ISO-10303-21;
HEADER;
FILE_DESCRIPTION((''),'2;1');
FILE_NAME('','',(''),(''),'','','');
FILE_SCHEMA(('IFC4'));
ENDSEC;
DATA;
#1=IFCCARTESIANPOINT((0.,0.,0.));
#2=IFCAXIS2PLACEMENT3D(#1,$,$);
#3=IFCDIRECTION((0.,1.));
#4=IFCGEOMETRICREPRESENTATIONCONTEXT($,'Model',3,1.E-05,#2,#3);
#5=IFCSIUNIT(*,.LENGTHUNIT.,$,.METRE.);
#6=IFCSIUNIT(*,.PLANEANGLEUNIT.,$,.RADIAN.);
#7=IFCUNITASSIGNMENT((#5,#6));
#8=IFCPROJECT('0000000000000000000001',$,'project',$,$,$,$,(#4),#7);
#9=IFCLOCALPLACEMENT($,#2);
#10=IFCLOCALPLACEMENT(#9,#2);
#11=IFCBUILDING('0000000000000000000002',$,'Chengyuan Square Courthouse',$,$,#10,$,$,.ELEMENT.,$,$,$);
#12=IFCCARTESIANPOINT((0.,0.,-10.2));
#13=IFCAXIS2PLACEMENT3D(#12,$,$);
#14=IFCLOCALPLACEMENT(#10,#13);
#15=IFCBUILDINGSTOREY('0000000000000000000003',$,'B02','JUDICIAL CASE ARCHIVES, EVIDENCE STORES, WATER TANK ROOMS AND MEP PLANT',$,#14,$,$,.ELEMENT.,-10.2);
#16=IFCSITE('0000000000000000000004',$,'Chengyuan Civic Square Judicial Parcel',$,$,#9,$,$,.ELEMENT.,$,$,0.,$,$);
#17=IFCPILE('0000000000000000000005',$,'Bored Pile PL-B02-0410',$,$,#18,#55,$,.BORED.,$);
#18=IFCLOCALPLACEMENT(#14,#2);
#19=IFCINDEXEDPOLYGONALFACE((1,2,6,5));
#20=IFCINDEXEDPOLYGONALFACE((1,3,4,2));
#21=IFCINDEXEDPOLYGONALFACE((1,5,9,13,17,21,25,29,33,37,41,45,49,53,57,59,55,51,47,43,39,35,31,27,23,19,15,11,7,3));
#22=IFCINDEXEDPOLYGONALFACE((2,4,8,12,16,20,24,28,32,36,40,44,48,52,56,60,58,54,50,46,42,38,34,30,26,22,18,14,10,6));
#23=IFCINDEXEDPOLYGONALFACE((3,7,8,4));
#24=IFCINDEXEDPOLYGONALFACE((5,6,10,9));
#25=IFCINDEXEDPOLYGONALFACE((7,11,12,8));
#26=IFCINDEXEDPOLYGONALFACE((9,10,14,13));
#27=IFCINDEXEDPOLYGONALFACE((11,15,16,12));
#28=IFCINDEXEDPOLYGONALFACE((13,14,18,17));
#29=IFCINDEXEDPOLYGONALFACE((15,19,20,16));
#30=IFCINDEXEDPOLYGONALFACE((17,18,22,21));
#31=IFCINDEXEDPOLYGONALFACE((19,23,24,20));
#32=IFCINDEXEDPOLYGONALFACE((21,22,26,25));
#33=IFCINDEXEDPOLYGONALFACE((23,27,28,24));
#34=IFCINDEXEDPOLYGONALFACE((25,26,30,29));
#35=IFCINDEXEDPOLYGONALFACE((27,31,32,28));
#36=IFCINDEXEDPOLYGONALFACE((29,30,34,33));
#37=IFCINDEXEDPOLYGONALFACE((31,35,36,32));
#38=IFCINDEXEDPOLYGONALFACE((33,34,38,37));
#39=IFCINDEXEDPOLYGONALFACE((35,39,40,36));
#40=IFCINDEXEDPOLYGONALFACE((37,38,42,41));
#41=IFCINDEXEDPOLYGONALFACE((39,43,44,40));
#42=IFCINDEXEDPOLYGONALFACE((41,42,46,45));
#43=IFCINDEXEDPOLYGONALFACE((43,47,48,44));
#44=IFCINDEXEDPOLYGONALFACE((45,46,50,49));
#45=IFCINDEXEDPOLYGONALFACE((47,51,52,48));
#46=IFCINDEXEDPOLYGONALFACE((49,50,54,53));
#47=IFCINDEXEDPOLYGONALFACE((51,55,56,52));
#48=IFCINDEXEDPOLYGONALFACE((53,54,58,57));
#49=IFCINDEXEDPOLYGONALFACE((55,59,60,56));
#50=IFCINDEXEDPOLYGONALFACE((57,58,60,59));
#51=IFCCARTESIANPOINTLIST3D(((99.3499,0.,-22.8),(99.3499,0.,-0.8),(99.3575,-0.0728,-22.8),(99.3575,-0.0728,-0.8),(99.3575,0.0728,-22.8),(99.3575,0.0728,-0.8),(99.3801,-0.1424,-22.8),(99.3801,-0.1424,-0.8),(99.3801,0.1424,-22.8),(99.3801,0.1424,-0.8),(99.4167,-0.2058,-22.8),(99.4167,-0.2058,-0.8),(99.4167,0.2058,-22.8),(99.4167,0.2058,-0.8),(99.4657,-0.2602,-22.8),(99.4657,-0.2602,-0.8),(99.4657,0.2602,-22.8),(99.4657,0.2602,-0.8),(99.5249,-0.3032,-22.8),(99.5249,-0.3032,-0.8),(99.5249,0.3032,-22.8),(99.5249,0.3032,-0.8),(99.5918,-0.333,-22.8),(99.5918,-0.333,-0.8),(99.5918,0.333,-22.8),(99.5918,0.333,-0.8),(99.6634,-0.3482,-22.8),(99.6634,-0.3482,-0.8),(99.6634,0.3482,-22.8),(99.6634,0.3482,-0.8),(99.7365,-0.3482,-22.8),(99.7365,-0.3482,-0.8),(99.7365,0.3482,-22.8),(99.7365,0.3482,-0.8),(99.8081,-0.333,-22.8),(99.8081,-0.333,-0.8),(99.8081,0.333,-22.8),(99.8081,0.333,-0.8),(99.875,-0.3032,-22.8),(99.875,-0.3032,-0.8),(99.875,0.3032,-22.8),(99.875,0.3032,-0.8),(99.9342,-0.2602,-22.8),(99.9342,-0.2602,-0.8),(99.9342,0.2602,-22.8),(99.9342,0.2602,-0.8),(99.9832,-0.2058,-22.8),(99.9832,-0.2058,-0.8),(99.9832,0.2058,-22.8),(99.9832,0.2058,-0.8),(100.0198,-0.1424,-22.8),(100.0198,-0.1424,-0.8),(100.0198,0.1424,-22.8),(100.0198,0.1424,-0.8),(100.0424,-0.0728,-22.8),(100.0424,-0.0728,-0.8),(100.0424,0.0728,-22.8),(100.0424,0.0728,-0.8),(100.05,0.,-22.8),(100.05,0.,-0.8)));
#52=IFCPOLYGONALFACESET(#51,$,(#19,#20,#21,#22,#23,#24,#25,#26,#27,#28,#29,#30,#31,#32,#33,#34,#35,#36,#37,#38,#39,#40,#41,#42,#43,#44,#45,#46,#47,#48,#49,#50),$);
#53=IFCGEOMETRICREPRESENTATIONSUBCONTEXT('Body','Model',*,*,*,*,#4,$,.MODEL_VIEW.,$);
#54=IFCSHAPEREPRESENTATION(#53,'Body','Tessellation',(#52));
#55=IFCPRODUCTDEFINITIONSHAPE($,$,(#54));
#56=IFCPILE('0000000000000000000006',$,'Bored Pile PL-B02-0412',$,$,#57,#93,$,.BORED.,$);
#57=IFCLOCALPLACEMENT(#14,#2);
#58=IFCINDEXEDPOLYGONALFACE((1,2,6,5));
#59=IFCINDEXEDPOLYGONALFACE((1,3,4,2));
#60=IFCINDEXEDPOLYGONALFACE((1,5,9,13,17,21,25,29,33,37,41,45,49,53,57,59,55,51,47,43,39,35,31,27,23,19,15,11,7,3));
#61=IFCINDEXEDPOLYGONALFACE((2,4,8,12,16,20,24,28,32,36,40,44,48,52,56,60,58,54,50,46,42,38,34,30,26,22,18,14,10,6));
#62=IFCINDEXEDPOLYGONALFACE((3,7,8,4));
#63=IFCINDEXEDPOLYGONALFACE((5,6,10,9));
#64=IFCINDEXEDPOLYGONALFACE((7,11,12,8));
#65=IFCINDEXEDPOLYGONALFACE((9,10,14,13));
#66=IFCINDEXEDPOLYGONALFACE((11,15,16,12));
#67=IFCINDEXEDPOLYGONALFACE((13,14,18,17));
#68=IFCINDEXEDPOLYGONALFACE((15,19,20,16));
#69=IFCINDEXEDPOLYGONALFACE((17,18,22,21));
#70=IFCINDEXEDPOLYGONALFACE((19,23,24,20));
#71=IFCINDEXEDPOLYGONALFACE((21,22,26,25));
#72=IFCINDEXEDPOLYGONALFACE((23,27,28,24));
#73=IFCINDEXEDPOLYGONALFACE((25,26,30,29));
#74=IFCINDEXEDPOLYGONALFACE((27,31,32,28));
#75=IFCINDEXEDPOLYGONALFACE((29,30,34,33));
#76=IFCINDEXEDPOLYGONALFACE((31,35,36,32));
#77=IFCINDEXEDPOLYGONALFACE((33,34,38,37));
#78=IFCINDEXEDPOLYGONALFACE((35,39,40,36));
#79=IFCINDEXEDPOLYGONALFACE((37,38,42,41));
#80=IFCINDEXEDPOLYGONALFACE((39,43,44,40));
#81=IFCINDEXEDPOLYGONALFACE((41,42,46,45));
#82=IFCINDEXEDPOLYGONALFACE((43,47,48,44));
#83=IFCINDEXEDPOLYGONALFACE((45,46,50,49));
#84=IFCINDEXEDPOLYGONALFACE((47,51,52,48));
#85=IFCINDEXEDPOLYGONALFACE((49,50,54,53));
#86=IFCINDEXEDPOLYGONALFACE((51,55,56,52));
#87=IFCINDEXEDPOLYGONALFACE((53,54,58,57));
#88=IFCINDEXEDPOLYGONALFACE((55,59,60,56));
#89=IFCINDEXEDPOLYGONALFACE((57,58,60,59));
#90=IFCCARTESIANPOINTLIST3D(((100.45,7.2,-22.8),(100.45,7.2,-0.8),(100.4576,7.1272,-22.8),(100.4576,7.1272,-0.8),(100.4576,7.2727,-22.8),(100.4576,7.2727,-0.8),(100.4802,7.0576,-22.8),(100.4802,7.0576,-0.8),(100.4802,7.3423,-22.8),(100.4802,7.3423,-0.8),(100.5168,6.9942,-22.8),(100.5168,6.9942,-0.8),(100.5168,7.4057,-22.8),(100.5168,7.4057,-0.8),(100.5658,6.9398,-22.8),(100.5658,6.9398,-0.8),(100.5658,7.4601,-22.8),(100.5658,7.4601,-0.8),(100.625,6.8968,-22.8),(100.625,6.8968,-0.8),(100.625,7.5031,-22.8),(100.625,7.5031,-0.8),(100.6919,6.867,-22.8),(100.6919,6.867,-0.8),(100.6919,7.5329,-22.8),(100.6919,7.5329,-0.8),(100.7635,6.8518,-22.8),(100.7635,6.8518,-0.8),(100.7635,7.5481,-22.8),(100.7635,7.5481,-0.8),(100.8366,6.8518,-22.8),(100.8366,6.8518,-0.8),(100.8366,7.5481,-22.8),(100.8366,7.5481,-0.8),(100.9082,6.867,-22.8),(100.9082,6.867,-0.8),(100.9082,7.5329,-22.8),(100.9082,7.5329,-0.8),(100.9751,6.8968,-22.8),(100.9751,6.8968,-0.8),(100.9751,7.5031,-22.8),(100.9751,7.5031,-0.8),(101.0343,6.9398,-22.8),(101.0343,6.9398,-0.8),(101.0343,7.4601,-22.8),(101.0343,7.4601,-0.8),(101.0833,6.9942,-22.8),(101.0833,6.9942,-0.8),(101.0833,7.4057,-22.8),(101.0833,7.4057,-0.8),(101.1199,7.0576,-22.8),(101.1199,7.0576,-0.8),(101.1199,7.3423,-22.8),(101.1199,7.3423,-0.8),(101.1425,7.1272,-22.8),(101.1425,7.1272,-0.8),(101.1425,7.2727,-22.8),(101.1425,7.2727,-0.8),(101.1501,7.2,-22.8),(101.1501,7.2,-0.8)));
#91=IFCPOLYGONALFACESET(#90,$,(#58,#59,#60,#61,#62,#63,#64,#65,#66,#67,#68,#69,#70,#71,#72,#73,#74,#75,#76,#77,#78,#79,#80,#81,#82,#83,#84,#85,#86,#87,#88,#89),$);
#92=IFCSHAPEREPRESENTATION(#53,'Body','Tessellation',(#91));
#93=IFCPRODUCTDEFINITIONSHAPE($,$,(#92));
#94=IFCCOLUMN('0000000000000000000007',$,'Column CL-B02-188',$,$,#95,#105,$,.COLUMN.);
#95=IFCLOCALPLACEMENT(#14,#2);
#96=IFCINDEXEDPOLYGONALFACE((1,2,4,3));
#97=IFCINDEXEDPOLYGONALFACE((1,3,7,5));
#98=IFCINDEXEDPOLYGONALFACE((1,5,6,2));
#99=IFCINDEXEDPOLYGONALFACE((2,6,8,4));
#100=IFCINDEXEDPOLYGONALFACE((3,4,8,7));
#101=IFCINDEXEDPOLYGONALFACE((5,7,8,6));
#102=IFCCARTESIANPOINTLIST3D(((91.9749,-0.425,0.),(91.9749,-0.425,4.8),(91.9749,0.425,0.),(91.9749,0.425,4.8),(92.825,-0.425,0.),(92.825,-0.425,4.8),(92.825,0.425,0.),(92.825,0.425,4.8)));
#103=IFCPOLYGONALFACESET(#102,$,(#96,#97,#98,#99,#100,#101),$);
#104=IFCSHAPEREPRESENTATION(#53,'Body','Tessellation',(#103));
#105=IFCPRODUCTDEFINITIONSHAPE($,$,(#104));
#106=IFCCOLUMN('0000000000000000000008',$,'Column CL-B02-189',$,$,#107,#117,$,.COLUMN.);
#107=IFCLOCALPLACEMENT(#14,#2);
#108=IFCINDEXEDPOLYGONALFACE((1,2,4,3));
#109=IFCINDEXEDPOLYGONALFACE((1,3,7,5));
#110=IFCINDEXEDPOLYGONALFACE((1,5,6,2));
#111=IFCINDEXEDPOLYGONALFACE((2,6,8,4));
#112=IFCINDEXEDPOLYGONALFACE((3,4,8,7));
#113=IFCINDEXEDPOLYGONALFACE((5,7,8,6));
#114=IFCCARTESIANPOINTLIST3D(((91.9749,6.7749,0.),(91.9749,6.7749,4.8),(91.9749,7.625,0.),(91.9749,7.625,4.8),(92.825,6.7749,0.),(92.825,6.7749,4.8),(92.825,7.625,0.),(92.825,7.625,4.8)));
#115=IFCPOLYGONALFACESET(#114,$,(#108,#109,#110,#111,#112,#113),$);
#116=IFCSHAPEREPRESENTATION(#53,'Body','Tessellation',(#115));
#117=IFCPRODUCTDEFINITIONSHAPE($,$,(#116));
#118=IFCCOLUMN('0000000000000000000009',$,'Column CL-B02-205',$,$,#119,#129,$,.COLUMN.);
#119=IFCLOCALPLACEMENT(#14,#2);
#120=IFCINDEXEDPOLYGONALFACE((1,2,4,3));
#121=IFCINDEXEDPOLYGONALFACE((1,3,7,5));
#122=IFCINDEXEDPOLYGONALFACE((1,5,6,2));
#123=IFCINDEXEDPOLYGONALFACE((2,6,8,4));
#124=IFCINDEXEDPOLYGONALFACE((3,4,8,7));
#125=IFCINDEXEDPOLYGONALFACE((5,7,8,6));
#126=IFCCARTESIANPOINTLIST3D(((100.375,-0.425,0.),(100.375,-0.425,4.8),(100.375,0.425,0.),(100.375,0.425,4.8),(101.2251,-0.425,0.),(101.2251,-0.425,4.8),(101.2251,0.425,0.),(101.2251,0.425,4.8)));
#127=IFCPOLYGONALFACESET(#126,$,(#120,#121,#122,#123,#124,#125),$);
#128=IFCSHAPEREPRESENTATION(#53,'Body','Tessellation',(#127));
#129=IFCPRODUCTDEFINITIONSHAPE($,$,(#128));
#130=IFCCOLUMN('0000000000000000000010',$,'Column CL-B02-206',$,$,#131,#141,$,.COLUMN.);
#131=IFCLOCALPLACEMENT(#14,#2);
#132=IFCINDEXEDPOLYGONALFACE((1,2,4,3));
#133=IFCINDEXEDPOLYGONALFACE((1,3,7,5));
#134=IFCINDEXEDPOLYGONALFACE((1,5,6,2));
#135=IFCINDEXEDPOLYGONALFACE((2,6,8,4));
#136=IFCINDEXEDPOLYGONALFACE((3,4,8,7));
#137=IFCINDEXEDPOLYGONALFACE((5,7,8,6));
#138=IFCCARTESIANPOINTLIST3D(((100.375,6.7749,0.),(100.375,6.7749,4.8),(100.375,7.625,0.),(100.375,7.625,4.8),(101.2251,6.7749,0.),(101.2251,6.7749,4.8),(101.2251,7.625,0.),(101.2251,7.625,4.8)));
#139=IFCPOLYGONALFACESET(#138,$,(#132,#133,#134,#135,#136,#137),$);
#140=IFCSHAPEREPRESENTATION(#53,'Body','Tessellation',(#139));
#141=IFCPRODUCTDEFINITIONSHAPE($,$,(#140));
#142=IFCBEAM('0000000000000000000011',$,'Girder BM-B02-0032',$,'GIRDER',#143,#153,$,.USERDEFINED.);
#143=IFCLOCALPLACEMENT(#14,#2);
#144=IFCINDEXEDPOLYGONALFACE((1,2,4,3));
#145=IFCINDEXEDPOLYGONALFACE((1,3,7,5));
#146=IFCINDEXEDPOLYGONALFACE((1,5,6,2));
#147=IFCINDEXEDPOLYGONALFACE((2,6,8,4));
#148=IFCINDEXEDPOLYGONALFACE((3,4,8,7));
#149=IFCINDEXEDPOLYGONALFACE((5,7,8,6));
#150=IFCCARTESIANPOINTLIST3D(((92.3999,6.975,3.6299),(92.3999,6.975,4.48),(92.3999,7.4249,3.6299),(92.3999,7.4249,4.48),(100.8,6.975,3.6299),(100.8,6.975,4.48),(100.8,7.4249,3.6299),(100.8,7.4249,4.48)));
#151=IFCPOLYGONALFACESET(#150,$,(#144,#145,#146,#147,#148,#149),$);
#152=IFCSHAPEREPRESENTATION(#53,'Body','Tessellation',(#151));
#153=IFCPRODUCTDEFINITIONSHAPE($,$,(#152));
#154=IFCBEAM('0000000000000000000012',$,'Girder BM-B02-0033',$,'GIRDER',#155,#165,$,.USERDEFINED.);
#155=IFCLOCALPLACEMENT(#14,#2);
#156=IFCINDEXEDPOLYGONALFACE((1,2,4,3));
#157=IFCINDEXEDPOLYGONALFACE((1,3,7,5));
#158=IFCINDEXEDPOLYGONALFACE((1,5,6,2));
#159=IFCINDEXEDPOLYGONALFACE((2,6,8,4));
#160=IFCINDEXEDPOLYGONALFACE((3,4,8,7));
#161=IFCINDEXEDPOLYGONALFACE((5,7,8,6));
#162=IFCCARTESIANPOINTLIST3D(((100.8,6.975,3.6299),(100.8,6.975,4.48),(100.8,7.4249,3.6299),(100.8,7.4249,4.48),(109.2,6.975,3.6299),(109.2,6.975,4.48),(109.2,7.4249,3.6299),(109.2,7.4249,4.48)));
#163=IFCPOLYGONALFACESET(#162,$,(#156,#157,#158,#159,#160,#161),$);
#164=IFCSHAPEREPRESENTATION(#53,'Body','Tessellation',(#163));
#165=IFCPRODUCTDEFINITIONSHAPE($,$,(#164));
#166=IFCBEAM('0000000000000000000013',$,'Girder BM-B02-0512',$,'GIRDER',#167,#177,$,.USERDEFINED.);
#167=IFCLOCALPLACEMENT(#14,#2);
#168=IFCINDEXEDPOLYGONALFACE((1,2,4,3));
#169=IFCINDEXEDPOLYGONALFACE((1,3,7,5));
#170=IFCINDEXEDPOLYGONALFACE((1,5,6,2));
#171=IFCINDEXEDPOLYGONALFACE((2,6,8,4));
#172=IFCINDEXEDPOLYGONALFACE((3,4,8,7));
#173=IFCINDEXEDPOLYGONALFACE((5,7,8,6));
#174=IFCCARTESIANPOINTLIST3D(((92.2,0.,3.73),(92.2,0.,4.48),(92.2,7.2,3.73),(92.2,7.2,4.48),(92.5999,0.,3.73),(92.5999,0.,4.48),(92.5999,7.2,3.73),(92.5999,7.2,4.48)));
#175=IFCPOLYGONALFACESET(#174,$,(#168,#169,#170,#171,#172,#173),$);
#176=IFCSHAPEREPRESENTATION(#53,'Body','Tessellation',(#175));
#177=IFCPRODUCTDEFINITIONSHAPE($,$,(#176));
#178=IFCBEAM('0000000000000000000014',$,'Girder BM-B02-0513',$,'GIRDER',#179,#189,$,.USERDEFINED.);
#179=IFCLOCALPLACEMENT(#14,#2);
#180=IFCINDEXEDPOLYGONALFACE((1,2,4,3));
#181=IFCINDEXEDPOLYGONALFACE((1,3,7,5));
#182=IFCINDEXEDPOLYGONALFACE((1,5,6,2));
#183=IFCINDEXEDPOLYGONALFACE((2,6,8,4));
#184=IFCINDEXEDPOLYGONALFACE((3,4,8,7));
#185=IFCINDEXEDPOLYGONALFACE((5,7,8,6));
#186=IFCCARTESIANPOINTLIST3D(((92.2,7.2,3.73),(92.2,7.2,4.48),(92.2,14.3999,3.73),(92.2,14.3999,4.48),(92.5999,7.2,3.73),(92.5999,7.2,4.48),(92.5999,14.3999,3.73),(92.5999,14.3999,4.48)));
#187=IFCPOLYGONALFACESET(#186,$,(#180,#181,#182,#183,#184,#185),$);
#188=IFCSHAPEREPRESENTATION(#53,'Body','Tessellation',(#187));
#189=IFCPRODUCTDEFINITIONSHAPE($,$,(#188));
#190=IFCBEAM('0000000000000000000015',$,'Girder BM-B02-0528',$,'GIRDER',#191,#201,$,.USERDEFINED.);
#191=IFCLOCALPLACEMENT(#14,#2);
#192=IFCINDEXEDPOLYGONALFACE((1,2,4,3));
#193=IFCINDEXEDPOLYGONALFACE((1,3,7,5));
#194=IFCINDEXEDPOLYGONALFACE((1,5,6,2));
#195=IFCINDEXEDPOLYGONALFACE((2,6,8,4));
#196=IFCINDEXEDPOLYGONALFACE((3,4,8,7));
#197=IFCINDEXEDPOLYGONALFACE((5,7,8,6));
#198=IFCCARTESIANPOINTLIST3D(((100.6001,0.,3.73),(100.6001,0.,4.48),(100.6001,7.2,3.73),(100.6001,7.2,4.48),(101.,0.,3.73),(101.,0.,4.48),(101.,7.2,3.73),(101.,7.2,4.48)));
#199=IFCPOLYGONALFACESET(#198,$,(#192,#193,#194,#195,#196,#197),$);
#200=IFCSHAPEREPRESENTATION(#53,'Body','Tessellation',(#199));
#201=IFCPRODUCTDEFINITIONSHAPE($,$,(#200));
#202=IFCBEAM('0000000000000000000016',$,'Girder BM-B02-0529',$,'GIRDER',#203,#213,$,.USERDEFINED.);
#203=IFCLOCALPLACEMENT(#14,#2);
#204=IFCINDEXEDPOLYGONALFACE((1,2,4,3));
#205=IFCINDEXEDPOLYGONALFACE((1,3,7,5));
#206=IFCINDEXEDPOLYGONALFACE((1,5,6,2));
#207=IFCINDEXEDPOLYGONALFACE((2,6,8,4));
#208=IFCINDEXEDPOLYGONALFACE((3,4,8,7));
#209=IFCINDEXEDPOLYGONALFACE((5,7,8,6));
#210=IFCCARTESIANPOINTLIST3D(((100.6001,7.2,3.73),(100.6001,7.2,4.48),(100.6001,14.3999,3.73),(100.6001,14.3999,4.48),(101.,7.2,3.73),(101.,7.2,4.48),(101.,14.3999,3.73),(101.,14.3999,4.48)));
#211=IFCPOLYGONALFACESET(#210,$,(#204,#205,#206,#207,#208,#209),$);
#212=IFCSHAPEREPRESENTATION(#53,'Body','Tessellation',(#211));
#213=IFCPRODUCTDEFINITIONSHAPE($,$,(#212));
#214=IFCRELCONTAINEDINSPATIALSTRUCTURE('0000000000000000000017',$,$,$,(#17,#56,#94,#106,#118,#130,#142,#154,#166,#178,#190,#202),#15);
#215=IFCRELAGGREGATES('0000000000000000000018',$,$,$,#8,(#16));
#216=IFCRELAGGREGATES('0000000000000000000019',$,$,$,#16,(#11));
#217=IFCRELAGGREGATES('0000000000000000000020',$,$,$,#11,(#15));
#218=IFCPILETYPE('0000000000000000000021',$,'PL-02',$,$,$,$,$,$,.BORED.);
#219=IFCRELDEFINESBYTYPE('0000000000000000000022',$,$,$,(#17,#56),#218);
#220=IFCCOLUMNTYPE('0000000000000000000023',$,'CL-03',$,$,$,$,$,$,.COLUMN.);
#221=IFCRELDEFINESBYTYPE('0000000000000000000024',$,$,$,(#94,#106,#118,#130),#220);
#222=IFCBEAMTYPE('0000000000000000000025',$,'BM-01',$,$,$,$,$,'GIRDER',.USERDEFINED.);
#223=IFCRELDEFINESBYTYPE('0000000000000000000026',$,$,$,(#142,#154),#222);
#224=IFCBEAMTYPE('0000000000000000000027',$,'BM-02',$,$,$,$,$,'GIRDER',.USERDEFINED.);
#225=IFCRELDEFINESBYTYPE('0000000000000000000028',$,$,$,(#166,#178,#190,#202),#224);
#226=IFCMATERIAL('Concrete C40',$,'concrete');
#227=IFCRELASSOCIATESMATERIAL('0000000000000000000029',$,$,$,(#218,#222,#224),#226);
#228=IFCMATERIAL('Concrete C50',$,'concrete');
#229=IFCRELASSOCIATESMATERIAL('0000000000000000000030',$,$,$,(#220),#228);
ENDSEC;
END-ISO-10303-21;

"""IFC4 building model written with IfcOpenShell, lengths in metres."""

from ifc_helpers import new_model, si_unit, direction, frame, origin, origin_2d, place, context, subcontext, project, spatial, rectangle, circle, extrude, material, material_profile, profile_set, type_object, element, save


model = new_model("IFC4")

# Units and contexts
model_context = context("Model", 3, precision=1e-05, world=origin(), true_north=direction((0.0, 1.0)))
body_context = subcontext(model_context, "Body", "Model", "MODEL_VIEW")
ifc_project = project(units=[si_unit("LENGTHUNIT", "METRE"), si_unit("PLANEANGLEUNIT", "RADIAN")], contexts=[model_context])

# Site, building, storey
site_placement = place(None, origin())
site = spatial("IfcSite", under=ifc_project, at=site_placement, Name="Chengyuan Civic Square Judicial Parcel", CompositionType="ELEMENT", RefElevation=0.0)
building_placement = place(site_placement, origin())
building = spatial("IfcBuilding", under=site, at=building_placement, Name="Chengyuan Square Courthouse", CompositionType="ELEMENT")
storey_placement = place(building_placement, frame((0.0, 0.0, -10.2)))
storey = spatial("IfcBuildingStorey", under=building, at=storey_placement, Name="B02", Description="JUDICIAL CASE ARCHIVES, EVIDENCE STORES, WATER TANK ROOMS AND MEP PLANT", CompositionType="ELEMENT", Elevation=-10.2)

# Shared definitions
ifc_material_1 = material(Name="Concrete C40", Category="concrete")

# Piles
ifc_material_profile_1 = material_profile(ifc_material_1, circle(Radius=0.3501, at=origin_2d()), Name="BORED PILE D700")
ifc_profile_set_1 = profile_set([ifc_material_profile_1], Name="Concrete C40")
pile_type = type_object("IfcPileType", Name="PL-02", PredefinedType="BORED", material=ifc_profile_set_1)
for number, where, z_axis, x_axis, name in (
    (1, (99.7, 0.0, -0.8), (0.0, 0.0, -1.0), (1.0, 0.0, 0.0), "Bored Pile PL-B02-0410"),
    (2, (100.8, 7.2, -0.8), (0.0, 0.0, -1.0), (1.0, 0.0, 0.0), "Bored Pile PL-B02-0412"),
):
    element("IfcPile", number, at=place(storey_placement, frame(where, z_axis=z_axis, x_axis=x_axis)), inside=storey, type_object=pile_type, Name=name, PredefinedType="BORED", context=body_context, shape_type="SweptSolid", body=[
        extrude(circle(Radius=0.3501, at=origin_2d()), origin(), (0.0, 0.0, 1.0), 22.0),
    ])

# Columns
ifc_material_2 = material(Name="Concrete C50", Category="concrete")
ifc_material_profile_2 = material_profile(ifc_material_2, rectangle(XDim=0.8501, YDim=0.8501, at=origin_2d()), Name="RC-COL-850x850")
ifc_profile_set_2 = profile_set([ifc_material_profile_2], Name="Concrete C50")
column_type = type_object("IfcColumnType", Name="CL-03", PredefinedType="COLUMN", material=ifc_profile_set_2)
for number, where, z_axis, x_axis, name in (
    (3, (92.3999, 0.0, 0.0), (0.0, 0.0, 1.0), (1.0, 0.0, 0.0), "Column CL-B02-188"),
    (4, (92.3999, 7.2, 0.0), (0.0, 0.0, 1.0), (1.0, 0.0, 0.0), "Column CL-B02-189"),
    (5, (100.8, 0.0, 0.0), (0.0, 0.0, 1.0), (1.0, 0.0, 0.0), "Column CL-B02-205"),
    (6, (100.8, 7.2, 0.0), (0.0, 0.0, 1.0), (1.0, 0.0, 0.0), "Column CL-B02-206"),
):
    element("IfcColumn", number, at=place(storey_placement, frame(where, z_axis=z_axis, x_axis=x_axis)), inside=storey, type_object=column_type, Name=name, PredefinedType="COLUMN", context=body_context, shape_type="SweptSolid", body=[
        extrude(rectangle(XDim=0.8501, YDim=0.8501, at=origin_2d()), origin(), (0.0, 0.0, 1.0), 4.8),
    ])

# Beams
ifc_material_profile_3 = material_profile(ifc_material_1, rectangle(XDim=0.45, YDim=0.8501, at=origin_2d()), Name="RC-BM-450x850")
ifc_profile_set_3 = profile_set([ifc_material_profile_3], Name="Concrete C40")
beam_type_1 = type_object("IfcBeamType", Name="BM-01", ElementType="GIRDER", PredefinedType="USERDEFINED", material=ifc_profile_set_3)
beam_1_placement = place(storey_placement, frame((92.3999, 7.2, 4.0549), z_axis=(1.0, 0.0, 0.0), x_axis=(0.0, 1.0, 0.0)))
element("IfcBeam", 7, at=beam_1_placement, inside=storey, type_object=beam_type_1, Name="Girder BM-B02-0032", ObjectType="GIRDER", PredefinedType="USERDEFINED", context=body_context, shape_type="SweptSolid", body=[
    extrude(rectangle(XDim=0.45, YDim=0.8501, at=origin_2d()), origin(), (0.0, 0.0, 1.0), 8.4001),
])
beam_2_placement = place(storey_placement, frame((100.8, 7.2, 4.0549), z_axis=(1.0, 0.0, 0.0), x_axis=(0.0, 1.0, 0.0)))
element("IfcBeam", 8, at=beam_2_placement, inside=storey, type_object=beam_type_1, Name="Girder BM-B02-0033", ObjectType="GIRDER", PredefinedType="USERDEFINED", context=body_context, shape_type="SweptSolid", body=[
    extrude(rectangle(XDim=0.45, YDim=0.8501, at=origin_2d()), origin(), (0.0, 0.0, 1.0), 8.3999),
])
ifc_material_profile_4 = material_profile(ifc_material_1, rectangle(XDim=0.3999, YDim=0.75, at=origin_2d()), Name="RC-BM-400x750")
ifc_profile_set_4 = profile_set([ifc_material_profile_4], Name="Concrete C40")
beam_type_2 = type_object("IfcBeamType", Name="BM-02", ElementType="GIRDER", PredefinedType="USERDEFINED", material=ifc_profile_set_4)
for number, where, z_axis, x_axis, name in (
    (9, (92.3999, 0.0, 4.105), (0.0, 1.0, 0.0), (-1.0, 0.0, 0.0), "Girder BM-B02-0512"),
    (10, (92.3999, 7.2, 4.105), (0.0, 1.0, 0.0), (-1.0, 0.0, 0.0), "Girder BM-B02-0513"),
    (11, (100.8, 0.0, 4.105), (0.0, 1.0, 0.0), (-1.0, 0.0, 0.0), "Girder BM-B02-0528"),
    (12, (100.8, 7.2, 4.105), (0.0, 1.0, 0.0), (-1.0, 0.0, 0.0), "Girder BM-B02-0529"),
):
    element("IfcBeam", number, at=place(storey_placement, frame(where, z_axis=z_axis, x_axis=x_axis)), inside=storey, type_object=beam_type_2, Name=name, ObjectType="GIRDER", PredefinedType="USERDEFINED", context=body_context, shape_type="SweptSolid", body=[
        extrude(rectangle(XDim=0.3999, YDim=0.75, at=origin_2d()), origin(), (0.0, 0.0, 1.0), 7.2),
    ])

save(model, "model.ifc")
